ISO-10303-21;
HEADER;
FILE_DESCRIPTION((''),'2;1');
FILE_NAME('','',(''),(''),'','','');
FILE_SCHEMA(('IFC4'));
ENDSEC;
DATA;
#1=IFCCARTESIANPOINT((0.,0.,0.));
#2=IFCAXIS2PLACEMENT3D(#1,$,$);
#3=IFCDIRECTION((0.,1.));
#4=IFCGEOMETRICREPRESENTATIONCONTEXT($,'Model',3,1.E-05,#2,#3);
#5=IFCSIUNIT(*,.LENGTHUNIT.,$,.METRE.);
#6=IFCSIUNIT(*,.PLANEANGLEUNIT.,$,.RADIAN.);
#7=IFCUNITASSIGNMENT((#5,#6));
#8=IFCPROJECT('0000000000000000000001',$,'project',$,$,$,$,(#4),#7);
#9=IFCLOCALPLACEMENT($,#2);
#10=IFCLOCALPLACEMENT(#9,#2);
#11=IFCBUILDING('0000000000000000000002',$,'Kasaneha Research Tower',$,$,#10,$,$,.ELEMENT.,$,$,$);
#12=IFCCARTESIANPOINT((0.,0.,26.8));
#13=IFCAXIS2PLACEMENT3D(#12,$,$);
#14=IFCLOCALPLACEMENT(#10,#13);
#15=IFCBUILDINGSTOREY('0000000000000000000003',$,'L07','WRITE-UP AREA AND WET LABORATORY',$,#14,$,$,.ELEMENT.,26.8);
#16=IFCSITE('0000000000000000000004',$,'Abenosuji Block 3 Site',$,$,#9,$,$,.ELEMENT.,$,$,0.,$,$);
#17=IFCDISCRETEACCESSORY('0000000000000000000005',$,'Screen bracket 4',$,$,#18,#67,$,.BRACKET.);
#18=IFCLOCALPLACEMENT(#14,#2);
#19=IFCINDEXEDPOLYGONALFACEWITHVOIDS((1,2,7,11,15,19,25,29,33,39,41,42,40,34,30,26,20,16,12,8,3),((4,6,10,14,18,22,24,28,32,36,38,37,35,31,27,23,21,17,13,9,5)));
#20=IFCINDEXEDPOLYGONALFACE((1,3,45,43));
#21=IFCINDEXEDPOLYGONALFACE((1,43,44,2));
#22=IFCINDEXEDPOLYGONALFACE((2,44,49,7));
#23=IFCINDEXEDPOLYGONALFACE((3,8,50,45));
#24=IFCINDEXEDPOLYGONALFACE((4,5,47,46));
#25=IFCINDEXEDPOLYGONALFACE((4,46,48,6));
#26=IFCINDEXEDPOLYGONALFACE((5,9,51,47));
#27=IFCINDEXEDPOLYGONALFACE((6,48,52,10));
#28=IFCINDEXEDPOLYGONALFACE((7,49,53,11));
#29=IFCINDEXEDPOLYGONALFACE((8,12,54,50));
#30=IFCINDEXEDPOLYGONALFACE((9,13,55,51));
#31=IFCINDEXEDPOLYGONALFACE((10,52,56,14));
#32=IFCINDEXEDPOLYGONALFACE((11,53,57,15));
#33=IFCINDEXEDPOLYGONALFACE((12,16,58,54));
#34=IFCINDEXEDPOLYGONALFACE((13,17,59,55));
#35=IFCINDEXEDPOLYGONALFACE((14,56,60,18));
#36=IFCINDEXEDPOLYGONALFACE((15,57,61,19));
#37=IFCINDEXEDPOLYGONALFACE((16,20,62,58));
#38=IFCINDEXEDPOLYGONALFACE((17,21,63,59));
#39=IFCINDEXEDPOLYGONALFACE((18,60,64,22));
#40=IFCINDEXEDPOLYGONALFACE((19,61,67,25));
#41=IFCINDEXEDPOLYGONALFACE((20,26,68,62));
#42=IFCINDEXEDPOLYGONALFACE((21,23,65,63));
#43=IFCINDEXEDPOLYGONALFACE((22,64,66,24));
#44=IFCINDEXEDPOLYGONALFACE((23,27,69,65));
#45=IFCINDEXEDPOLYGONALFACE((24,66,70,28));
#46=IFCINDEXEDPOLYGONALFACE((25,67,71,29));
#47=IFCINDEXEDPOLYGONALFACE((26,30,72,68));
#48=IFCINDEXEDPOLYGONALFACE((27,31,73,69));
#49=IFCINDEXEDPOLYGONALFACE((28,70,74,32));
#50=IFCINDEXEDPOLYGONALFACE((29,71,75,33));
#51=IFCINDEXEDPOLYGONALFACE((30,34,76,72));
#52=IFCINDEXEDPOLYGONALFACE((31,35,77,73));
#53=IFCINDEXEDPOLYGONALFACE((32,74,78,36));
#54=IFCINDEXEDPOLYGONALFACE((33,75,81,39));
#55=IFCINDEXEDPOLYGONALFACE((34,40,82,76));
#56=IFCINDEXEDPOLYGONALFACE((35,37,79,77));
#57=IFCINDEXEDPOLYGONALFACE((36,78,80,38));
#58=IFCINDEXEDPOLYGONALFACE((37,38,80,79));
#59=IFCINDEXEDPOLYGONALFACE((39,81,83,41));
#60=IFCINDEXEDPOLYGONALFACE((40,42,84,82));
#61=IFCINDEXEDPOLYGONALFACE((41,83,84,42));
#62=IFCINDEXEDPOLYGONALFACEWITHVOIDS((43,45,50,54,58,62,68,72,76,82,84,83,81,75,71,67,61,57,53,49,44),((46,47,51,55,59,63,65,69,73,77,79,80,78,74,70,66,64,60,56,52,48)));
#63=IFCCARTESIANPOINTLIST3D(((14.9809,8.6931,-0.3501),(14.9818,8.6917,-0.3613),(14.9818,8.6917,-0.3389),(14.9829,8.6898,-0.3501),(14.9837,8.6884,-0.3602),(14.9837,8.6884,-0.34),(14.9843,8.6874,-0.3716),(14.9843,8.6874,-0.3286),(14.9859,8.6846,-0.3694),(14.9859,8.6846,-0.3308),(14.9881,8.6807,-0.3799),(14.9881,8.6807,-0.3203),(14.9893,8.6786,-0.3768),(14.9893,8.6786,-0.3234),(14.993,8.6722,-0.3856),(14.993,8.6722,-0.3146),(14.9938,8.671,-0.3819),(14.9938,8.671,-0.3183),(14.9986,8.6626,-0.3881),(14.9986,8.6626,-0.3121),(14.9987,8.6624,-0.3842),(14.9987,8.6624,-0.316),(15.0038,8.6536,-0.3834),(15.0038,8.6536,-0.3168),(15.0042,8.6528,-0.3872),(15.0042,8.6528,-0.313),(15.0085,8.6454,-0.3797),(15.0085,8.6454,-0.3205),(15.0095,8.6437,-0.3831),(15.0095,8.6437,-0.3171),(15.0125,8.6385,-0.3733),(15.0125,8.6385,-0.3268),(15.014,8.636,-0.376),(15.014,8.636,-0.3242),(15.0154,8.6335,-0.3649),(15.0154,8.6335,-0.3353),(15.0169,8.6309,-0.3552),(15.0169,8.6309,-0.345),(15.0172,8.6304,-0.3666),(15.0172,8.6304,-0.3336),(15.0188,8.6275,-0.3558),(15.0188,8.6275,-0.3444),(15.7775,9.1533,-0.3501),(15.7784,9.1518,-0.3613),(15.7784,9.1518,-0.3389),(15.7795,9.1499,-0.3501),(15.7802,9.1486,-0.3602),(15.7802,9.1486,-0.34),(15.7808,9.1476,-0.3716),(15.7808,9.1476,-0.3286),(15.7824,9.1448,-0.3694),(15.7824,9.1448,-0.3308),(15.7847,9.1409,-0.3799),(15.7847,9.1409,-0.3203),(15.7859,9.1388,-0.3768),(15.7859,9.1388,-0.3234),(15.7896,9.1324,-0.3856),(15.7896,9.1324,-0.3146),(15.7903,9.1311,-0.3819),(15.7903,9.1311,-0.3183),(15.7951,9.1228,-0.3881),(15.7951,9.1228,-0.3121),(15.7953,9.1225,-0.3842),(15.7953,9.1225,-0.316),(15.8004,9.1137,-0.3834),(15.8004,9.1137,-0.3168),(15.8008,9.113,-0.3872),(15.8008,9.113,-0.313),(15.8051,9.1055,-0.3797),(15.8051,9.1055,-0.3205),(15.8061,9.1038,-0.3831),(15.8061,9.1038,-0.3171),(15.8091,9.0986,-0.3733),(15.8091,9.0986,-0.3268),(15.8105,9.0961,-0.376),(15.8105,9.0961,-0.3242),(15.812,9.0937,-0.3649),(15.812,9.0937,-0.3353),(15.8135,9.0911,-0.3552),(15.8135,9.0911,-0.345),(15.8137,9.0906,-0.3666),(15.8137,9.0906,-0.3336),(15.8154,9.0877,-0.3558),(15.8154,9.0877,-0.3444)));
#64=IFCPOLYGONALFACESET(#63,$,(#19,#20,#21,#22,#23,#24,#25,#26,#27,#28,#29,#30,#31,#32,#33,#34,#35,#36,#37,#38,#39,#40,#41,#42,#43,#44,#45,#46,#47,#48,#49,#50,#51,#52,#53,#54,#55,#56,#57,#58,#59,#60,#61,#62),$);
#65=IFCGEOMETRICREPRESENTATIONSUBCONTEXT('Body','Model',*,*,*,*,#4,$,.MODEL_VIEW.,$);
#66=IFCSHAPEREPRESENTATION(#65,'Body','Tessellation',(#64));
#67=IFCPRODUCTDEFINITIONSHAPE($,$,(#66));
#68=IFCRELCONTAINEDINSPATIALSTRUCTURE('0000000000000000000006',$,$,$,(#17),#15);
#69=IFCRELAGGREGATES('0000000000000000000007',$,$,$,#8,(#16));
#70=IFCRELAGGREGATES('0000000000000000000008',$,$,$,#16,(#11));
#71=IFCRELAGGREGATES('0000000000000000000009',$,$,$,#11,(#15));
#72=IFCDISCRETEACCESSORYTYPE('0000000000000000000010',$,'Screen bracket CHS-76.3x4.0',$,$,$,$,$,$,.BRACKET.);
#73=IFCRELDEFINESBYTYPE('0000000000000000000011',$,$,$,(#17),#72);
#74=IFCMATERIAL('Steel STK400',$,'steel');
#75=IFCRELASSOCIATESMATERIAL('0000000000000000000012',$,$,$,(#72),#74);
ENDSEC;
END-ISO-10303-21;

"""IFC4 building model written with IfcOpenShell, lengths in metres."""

from ifc_helpers import new_model, si_unit, direction, frame, origin, origin_2d, place, context, subcontext, project, spatial, hollow_circle, extrude, material, material_profile, profile_set, type_object, element, save


model = new_model("IFC4")

# Units and contexts
model_context = context("Model", 3, precision=1e-05, world=origin(), true_north=direction((0.0, 1.0)))
body_context = subcontext(model_context, "Body", "Model", "MODEL_VIEW")
ifc_project = project(units=[si_unit("LENGTHUNIT", "METRE"), si_unit("PLANEANGLEUNIT", "RADIAN")], contexts=[model_context])

# Site, building, storey
site_placement = place(None, origin())
site = spatial("IfcSite", under=ifc_project, at=site_placement, Name="Abenosuji Block 3 Site", CompositionType="ELEMENT", RefElevation=0.0)
building_placement = place(site_placement, origin())
building = spatial("IfcBuilding", under=site, at=building_placement, Name="Kasaneha Research Tower", CompositionType="ELEMENT")
storey_placement = place(building_placement, frame((0.0, 0.0, 26.8)))
storey = spatial("IfcBuildingStorey", under=building, at=storey_placement, Name="L07", Description="WRITE-UP AREA AND WET LABORATORY", CompositionType="ELEMENT", Elevation=26.8)

# Discrete accessory
ifc_material_1 = material(Name="Steel STK400", Category="steel")
ifc_material_profile_1 = material_profile(ifc_material_1, hollow_circle(Radius=0.0381, WallThickness=0.0039, at=origin_2d()), Name="CHS-76.3x4.0")
ifc_profile_set_1 = profile_set([ifc_material_profile_1], Name="Steel STK400")
discrete_accessory_type = type_object("IfcDiscreteAccessoryType", Name="Screen bracket CHS-76.3x4.0", PredefinedType="BRACKET", material=ifc_profile_set_1)
for number, where, z_axis, x_axis, name in (
    (1, (15.0, 8.6602, -0.3501), (0.865898, 0.50022, 0.0), (-0.50022, 0.865898, 0.0), "Screen bracket 4"),
):
    element("IfcDiscreteAccessory", number, at=place(storey_placement, frame(where, z_axis=z_axis, x_axis=x_axis)), inside=storey, type_object=discrete_accessory_type, Name=name, PredefinedType="BRACKET", context=body_context, shape_type="SweptSolid", body=[
        extrude(hollow_circle(Radius=0.0381, WallThickness=0.0039, at=origin_2d()), origin(), (0.0, 0.0, 1.0), 0.9199),
    ])

save(model, "model.ifc")
